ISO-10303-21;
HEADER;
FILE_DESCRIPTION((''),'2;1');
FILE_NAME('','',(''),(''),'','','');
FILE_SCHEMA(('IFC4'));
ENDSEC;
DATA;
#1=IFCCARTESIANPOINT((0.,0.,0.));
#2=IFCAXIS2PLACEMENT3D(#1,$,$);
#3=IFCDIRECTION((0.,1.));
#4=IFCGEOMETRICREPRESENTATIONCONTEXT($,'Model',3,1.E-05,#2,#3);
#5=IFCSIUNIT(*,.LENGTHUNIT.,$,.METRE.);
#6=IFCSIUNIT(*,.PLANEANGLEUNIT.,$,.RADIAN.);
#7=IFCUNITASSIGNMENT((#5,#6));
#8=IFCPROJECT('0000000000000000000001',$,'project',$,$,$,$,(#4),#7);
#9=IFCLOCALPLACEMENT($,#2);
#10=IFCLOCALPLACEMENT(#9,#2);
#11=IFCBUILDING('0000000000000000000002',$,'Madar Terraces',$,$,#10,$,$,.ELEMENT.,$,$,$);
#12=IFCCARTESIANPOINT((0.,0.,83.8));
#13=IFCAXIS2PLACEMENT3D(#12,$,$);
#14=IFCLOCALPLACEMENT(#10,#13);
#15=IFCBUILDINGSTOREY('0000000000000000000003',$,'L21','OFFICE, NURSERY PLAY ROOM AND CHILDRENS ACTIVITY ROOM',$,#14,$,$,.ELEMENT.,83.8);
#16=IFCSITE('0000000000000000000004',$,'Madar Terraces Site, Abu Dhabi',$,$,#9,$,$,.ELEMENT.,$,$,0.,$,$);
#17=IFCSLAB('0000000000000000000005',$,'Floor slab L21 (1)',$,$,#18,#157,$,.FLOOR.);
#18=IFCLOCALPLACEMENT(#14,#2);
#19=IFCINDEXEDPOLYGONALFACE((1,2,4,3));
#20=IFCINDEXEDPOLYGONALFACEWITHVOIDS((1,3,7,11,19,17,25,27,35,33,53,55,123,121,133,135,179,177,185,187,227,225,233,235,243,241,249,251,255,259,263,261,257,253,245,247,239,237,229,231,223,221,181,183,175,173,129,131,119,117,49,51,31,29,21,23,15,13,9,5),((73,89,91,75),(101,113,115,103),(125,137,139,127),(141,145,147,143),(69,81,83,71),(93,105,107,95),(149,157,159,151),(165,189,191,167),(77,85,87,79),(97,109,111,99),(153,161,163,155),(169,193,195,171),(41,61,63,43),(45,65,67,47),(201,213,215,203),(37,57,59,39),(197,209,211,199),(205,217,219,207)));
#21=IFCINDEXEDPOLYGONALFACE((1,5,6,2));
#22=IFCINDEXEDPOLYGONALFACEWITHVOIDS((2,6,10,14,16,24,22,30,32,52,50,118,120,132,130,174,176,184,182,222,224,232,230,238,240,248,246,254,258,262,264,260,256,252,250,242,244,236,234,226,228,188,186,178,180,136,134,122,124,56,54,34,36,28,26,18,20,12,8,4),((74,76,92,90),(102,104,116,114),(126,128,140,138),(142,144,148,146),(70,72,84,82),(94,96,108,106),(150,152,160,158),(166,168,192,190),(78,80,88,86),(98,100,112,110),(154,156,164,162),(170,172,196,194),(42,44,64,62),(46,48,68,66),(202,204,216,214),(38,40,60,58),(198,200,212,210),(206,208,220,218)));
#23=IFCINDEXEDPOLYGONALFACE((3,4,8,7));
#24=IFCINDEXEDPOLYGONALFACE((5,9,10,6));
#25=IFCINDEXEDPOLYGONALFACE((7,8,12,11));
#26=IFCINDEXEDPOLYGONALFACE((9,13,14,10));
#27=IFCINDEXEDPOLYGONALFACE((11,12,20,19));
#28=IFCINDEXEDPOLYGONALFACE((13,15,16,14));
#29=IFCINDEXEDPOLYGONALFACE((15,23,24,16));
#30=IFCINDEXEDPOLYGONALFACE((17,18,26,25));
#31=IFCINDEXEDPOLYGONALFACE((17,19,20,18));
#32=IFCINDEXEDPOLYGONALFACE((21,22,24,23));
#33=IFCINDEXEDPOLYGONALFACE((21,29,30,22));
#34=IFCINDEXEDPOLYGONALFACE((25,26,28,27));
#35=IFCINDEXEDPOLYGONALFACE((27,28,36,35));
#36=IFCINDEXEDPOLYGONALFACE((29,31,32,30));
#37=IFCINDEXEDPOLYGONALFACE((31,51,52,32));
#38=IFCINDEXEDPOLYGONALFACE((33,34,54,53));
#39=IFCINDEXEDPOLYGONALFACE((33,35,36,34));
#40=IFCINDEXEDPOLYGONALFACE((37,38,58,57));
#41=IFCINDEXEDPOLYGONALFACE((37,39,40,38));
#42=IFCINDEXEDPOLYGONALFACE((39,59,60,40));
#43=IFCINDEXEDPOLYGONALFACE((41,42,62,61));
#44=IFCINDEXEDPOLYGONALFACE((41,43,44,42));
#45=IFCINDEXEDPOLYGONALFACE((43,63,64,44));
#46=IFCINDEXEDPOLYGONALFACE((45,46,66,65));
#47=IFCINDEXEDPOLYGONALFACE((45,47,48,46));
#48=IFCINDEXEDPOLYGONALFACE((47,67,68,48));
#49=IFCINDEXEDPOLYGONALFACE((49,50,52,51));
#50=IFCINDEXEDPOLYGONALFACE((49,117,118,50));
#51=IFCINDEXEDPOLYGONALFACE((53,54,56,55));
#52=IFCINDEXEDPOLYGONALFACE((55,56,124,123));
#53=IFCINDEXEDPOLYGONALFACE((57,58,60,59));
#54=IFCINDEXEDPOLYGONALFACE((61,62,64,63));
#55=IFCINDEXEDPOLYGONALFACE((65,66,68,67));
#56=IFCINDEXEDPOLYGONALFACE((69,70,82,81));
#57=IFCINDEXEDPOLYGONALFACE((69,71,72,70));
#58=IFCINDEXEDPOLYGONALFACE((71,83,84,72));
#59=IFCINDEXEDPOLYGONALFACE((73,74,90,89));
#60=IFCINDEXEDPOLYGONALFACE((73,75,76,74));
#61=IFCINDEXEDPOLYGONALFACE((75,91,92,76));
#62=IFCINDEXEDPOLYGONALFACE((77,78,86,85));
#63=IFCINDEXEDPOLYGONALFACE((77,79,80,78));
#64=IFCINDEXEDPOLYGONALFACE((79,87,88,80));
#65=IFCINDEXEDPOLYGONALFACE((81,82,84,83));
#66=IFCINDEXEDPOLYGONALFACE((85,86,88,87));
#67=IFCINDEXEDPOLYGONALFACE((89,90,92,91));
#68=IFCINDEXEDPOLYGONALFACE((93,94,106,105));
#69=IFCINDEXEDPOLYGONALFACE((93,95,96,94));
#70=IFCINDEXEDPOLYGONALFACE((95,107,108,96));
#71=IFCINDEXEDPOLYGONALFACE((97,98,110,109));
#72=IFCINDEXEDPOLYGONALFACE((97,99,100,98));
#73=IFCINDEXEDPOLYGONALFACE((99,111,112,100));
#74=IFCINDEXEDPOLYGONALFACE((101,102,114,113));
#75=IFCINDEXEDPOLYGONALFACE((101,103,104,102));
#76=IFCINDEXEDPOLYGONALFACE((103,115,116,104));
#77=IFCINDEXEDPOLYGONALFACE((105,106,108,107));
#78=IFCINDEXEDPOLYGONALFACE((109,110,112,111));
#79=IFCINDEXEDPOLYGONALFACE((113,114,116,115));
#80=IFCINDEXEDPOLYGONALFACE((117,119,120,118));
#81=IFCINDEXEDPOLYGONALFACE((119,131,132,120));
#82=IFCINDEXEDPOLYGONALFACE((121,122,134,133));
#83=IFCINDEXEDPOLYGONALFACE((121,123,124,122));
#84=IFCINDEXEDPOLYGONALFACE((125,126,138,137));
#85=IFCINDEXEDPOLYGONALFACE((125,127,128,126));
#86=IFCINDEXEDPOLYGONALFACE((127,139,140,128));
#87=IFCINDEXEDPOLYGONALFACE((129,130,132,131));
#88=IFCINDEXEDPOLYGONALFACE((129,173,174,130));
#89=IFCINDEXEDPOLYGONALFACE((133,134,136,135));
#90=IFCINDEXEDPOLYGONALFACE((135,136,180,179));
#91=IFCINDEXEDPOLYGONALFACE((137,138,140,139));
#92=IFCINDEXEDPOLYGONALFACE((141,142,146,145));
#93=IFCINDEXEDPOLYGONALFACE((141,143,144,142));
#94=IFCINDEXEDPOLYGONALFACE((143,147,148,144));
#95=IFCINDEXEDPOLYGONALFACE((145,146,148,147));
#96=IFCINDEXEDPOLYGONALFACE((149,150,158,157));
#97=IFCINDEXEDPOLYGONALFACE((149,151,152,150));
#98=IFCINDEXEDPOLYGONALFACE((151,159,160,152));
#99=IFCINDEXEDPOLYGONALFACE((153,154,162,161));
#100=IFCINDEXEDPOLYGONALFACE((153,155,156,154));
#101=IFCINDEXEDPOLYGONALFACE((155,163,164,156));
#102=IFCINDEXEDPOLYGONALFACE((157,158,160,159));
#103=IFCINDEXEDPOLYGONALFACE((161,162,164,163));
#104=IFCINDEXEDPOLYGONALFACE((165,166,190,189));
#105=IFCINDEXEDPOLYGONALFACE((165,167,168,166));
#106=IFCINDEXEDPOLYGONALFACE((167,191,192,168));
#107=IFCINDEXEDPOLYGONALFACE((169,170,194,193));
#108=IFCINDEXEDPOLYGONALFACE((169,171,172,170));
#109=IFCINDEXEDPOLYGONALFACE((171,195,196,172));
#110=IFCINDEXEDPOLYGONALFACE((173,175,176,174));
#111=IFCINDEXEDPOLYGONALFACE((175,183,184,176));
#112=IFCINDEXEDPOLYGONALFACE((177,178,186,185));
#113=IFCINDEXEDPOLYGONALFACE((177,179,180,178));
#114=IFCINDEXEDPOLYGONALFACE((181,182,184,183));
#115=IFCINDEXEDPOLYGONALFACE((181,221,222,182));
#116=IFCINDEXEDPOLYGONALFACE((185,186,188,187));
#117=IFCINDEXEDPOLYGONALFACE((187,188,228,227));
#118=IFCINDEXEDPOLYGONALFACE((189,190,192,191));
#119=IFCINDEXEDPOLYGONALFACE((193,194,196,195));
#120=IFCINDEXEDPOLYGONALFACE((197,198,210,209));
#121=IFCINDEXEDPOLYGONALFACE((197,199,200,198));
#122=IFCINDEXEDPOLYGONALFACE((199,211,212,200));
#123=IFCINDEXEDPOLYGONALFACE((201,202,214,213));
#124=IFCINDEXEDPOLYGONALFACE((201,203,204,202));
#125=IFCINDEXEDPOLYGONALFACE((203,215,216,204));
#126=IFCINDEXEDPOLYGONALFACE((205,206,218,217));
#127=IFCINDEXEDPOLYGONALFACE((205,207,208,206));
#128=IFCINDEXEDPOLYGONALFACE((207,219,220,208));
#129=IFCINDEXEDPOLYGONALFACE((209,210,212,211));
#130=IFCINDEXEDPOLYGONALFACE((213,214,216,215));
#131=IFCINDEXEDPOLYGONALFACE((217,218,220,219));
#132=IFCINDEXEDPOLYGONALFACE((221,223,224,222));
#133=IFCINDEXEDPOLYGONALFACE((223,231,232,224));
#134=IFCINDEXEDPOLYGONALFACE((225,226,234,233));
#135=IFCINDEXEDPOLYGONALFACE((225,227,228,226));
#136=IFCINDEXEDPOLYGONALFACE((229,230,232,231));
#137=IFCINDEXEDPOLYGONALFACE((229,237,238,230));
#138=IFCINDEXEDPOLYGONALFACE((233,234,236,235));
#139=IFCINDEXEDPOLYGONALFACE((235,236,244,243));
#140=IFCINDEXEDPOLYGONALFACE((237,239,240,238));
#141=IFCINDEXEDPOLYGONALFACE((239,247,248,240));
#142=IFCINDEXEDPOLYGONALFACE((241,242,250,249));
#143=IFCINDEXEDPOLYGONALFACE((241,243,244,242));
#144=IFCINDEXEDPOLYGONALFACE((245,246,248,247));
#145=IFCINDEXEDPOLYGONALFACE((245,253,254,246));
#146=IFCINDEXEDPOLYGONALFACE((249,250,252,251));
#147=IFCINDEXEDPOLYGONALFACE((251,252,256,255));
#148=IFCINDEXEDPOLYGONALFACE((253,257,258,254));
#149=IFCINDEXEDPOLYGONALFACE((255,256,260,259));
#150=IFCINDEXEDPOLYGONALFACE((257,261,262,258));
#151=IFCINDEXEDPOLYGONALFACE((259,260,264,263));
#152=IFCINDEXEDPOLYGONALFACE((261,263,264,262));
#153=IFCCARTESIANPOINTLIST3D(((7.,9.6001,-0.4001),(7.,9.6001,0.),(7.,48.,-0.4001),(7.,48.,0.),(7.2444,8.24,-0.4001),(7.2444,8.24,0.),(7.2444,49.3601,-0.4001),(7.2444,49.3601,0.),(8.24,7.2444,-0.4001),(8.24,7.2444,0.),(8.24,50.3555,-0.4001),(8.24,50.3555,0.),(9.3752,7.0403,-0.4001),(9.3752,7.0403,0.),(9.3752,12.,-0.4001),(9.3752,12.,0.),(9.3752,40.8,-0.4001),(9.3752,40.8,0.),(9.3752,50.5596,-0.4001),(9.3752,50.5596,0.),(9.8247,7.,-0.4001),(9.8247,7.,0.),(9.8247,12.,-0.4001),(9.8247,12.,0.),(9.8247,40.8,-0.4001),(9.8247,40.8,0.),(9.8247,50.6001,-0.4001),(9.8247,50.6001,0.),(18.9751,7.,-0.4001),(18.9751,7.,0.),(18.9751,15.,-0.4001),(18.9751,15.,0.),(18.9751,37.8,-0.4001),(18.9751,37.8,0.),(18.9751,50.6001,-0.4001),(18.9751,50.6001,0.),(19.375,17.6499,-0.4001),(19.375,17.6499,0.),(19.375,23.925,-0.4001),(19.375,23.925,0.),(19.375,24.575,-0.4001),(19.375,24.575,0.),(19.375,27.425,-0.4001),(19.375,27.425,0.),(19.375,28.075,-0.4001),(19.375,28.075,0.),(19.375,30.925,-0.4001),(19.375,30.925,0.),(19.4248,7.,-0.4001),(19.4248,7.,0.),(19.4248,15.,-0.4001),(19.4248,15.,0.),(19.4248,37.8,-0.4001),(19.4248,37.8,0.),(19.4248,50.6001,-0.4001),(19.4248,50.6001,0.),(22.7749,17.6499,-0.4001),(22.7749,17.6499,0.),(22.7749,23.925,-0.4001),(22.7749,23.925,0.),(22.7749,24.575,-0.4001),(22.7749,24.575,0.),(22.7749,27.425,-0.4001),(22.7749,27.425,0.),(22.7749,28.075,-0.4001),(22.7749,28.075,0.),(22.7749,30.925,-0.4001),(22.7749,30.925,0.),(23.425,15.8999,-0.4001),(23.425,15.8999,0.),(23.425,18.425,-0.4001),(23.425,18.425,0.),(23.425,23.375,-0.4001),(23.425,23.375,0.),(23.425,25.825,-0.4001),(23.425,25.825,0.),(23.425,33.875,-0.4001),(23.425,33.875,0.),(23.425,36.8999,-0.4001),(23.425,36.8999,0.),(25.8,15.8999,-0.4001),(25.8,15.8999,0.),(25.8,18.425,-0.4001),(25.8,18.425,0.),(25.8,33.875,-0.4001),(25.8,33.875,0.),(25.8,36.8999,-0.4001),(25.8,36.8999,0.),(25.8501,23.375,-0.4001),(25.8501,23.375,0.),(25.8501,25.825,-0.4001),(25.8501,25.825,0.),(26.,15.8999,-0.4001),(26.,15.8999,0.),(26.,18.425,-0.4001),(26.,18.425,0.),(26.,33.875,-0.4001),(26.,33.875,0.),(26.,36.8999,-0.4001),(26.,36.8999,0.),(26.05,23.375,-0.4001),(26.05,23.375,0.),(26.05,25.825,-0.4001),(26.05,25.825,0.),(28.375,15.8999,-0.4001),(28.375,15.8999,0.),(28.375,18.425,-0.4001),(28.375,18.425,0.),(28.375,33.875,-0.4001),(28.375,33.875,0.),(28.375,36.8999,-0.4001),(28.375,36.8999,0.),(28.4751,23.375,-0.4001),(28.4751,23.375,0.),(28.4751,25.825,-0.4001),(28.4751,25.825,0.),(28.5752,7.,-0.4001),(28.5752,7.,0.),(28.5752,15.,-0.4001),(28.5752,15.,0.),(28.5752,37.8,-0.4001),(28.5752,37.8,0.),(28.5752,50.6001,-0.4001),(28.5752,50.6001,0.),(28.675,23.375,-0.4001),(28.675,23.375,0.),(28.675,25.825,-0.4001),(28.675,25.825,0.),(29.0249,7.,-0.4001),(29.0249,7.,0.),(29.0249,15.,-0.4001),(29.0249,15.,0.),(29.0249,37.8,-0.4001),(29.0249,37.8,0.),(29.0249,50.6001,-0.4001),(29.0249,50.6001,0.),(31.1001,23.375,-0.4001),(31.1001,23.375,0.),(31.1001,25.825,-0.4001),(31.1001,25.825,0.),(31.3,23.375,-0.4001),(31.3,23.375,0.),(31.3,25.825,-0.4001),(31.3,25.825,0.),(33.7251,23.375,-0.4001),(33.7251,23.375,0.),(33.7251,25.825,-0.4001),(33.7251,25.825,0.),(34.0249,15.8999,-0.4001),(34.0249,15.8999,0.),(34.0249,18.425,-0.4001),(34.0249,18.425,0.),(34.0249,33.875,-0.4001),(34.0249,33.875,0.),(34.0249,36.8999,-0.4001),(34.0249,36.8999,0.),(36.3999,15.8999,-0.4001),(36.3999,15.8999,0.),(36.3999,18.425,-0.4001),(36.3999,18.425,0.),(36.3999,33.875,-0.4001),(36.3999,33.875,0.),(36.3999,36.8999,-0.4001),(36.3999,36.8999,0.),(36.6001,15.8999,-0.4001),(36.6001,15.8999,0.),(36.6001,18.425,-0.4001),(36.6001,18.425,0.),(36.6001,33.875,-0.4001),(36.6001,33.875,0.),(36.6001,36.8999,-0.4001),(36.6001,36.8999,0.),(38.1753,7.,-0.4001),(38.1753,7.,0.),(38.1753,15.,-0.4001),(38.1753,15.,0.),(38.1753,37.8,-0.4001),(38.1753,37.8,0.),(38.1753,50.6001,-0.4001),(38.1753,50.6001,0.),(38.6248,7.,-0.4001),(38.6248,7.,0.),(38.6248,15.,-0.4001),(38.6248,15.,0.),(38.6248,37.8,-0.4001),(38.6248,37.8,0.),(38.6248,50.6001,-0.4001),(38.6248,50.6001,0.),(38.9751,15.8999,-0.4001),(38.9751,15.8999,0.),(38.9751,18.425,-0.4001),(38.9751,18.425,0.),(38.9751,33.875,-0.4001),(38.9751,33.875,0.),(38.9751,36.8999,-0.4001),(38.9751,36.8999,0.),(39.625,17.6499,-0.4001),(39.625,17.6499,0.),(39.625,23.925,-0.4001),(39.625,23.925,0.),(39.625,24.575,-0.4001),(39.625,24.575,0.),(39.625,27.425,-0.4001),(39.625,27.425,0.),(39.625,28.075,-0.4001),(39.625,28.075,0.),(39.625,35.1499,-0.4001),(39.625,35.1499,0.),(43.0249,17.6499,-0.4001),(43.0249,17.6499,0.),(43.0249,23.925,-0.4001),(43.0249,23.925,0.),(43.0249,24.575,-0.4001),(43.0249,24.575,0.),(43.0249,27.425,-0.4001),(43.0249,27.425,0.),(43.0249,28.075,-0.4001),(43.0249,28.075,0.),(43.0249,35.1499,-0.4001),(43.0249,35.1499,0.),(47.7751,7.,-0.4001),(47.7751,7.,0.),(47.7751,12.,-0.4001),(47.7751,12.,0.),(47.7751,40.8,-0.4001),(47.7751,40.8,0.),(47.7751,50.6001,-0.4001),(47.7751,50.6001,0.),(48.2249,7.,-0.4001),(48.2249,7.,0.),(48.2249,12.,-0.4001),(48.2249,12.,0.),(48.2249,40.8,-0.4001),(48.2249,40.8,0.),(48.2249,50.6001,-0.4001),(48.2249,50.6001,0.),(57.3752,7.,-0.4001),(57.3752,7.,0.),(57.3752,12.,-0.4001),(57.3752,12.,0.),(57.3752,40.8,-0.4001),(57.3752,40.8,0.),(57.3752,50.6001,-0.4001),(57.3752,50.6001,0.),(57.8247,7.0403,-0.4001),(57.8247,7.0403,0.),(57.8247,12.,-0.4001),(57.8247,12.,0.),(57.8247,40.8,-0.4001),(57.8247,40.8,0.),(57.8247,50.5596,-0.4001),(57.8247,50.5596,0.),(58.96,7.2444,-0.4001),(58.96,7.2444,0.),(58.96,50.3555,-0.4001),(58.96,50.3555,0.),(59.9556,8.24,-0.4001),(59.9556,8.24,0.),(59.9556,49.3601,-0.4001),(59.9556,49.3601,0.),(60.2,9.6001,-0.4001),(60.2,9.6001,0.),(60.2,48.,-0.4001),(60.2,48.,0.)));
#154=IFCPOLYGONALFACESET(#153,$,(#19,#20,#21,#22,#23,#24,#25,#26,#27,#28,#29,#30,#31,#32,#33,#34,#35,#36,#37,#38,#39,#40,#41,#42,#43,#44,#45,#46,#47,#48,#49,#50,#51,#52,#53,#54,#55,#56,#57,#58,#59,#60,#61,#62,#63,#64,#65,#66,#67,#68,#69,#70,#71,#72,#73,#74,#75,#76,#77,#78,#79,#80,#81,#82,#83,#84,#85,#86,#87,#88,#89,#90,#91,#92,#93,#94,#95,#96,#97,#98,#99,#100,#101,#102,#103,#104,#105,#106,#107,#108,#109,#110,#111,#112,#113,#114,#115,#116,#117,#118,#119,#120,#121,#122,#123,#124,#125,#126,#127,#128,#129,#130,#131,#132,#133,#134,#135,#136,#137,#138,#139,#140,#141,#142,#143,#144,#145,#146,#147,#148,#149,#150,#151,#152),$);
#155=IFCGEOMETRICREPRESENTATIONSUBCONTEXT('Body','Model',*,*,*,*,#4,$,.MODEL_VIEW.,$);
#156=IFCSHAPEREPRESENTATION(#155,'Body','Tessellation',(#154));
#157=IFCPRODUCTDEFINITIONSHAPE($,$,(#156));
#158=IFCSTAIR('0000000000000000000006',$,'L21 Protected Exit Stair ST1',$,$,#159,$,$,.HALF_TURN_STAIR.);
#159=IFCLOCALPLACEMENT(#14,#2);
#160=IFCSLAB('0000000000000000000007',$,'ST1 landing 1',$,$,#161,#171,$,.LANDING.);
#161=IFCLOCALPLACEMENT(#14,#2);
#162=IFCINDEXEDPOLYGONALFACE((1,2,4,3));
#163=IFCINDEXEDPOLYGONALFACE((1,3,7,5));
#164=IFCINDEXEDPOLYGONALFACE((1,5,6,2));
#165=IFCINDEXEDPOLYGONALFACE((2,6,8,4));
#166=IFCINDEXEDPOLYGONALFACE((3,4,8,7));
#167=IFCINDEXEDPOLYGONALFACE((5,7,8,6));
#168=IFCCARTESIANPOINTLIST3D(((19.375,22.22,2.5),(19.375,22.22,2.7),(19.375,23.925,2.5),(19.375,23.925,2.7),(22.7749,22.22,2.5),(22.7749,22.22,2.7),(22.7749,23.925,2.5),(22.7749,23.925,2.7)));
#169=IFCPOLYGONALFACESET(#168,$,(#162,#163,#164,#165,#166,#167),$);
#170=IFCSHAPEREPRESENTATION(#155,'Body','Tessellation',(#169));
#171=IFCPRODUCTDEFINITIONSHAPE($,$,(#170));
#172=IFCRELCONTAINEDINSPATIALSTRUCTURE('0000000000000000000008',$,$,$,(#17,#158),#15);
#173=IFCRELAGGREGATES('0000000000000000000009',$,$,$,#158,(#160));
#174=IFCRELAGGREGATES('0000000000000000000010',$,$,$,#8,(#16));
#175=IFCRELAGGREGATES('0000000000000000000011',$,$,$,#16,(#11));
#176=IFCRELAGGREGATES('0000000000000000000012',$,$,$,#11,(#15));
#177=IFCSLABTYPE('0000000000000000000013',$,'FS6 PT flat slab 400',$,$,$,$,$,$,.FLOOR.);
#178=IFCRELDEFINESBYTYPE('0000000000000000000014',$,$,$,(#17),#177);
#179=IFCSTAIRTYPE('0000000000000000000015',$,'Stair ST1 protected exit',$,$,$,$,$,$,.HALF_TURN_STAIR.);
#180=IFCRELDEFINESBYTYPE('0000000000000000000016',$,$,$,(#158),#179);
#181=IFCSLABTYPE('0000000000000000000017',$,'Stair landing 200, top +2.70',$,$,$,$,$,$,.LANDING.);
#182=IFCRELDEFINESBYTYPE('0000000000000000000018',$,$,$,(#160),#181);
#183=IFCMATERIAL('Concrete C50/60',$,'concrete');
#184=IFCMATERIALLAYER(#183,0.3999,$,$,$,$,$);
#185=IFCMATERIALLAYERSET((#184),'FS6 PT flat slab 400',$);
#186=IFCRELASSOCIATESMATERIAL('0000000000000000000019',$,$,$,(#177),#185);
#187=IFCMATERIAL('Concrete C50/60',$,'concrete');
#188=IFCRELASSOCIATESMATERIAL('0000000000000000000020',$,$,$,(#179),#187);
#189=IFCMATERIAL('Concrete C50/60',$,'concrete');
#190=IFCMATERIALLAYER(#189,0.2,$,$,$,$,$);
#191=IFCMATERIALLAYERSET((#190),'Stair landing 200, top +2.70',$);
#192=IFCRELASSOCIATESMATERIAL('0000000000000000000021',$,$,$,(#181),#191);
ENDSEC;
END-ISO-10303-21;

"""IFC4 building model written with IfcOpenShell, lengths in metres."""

from ifc_helpers import new_model, si_unit, direction, frame, origin, place, context, subcontext, project, spatial, polyline, outline, extrude, material, layer, layer_set, type_object, element, aggregate, save


model = new_model("IFC4")

# Units and contexts
model_context = context("Model", 3, precision=1e-05, world=origin(), true_north=direction((0.0, 1.0)))
body_context = subcontext(model_context, "Body", "Model", "MODEL_VIEW")
ifc_project = project(units=[si_unit("LENGTHUNIT", "METRE"), si_unit("PLANEANGLEUNIT", "RADIAN")], contexts=[model_context])

# Site, building, storey
site_placement = place(None, origin())
site = spatial("IfcSite", under=ifc_project, at=site_placement, Name="Madar Terraces Site, Abu Dhabi", CompositionType="ELEMENT", RefElevation=0.0)
building_placement = place(site_placement, origin())
building = spatial("IfcBuilding", under=site, at=building_placement, Name="Madar Terraces", CompositionType="ELEMENT")
storey_placement = place(building_placement, frame((0.0, 0.0, 83.8)))
storey = spatial("IfcBuildingStorey", under=building, at=storey_placement, Name="L21", Description="OFFICE, NURSERY PLAY ROOM AND CHILDRENS ACTIVITY ROOM", CompositionType="ELEMENT", Elevation=83.8)

# Slab
ifc_material_1 = material(Name="Concrete C50/60", Category="concrete")
ifc_layer_1 = layer(ifc_material_1, 0.3999)
ifc_layer_set_1 = layer_set([ifc_layer_1], Name="FS6 PT flat slab 400")
slab_type_1 = type_object("IfcSlabType", Name="FS6 PT flat slab 400", PredefinedType="FLOOR", material=ifc_layer_set_1)
slab_1_placement = place(storey_placement, frame((0.0, 0.0, -0.4001)))
element("IfcSlab", 1, at=slab_1_placement, inside=storey, type_object=slab_type_1, Name="Floor slab L21 (1)", PredefinedType="FLOOR", context=body_context, shape_type="SweptSolid", body=[
    extrude(outline(polyline([(48.2249, 12.0), (48.2249, 7.0), (57.3752, 7.0), (57.3752, 12.0), (57.8247, 12.0), (57.8247, 7.0403), (58.96, 7.2444), (59.9556, 8.24), (60.2, 9.6001), (60.2, 48.0), (59.9556, 49.3601), (58.96, 50.3555), (57.8247, 50.5596), (57.8247, 40.8), (57.3752, 40.8), (57.3752, 50.6001), (48.2249, 50.6001), (48.2249, 40.8), (47.7751, 40.8), (47.7751, 50.6001), (38.6248, 50.6001), (38.6248, 37.8), (38.1753, 37.8), (38.1753, 50.6001), (29.0249, 50.6001), (29.0249, 37.8), (28.5752, 37.8), (28.5752, 50.6001), (19.4248, 50.6001), (19.4248, 37.8), (18.9751, 37.8), (18.9751, 50.6001), (9.8247, 50.6001), (9.8247, 40.8), (9.3752, 40.8), (9.3752, 50.5596), (8.24, 50.3555), (7.2444, 49.3601), (7.0, 48.0), (7.0, 9.6001), (7.2444, 8.24), (8.24, 7.2444), (9.3752, 7.0403), (9.3752, 12.0), (9.8247, 12.0), (9.8247, 7.0), (18.9751, 7.0), (18.9751, 15.0), (19.4248, 15.0), (19.4248, 7.0), (28.5752, 7.0), (28.5752, 15.0), (29.0249, 15.0), (29.0249, 7.0), (38.1753, 7.0), (38.1753, 15.0), (38.6248, 15.0), (38.6248, 7.0), (47.7751, 7.0), (47.7751, 12.0), (48.2249, 12.0)]), holes=[polyline([(25.8, 15.8999), (23.425, 15.8999), (23.425, 18.425), (25.8, 18.425), (25.8, 15.8999)]), polyline([(28.375, 15.8999), (26.0, 15.8999), (26.0, 18.425), (28.375, 18.425), (28.375, 15.8999)]), polyline([(22.7749, 17.6499), (19.375, 17.6499), (19.375, 23.925), (22.7749, 23.925), (22.7749, 17.6499)]), polyline([(25.8501, 23.375), (23.425, 23.375), (23.425, 25.825), (25.8501, 25.825), (25.8501, 23.375)]), polyline([(28.4751, 23.375), (26.05, 23.375), (26.05, 25.825), (28.4751, 25.825), (28.4751, 23.375)]), polyline([(22.7749, 24.575), (19.375, 24.575), (19.375, 27.425), (22.7749, 27.425), (22.7749, 24.575)]), polyline([(22.7749, 28.075), (19.375, 28.075), (19.375, 30.925), (22.7749, 30.925), (22.7749, 28.075)]), polyline([(23.425, 33.875), (23.425, 36.8999), (25.8, 36.8999), (25.8, 33.875), (23.425, 33.875)]), polyline([(26.0, 33.875), (26.0, 36.8999), (28.375, 36.8999), (28.375, 33.875), (26.0, 33.875)]), polyline([(36.3999, 15.8999), (34.0249, 15.8999), (34.0249, 18.425), (36.3999, 18.425), (36.3999, 15.8999)]), polyline([(38.9751, 15.8999), (36.6001, 15.8999), (36.6001, 18.425), (38.9751, 18.425), (38.9751, 15.8999)]), polyline([(43.0249, 17.6499), (39.625, 17.6499), (39.625, 23.925), (43.0249, 23.925), (43.0249, 17.6499)]), polyline([(31.1001, 23.375), (28.675, 23.375), (28.675, 25.825), (31.1001, 25.825), (31.1001, 23.375)]), polyline([(33.7251, 23.375), (31.3, 23.375), (31.3, 25.825), (33.7251, 25.825), (33.7251, 23.375)]), polyline([(43.0249, 24.575), (39.625, 24.575), (39.625, 27.425), (43.0249, 27.425), (43.0249, 24.575)]), polyline([(43.0249, 28.075), (39.625, 28.075), (39.625, 35.1499), (43.0249, 35.1499), (43.0249, 28.075)]), polyline([(34.0249, 33.875), (34.0249, 36.8999), (36.3999, 36.8999), (36.3999, 33.875), (34.0249, 33.875)]), polyline([(36.6001, 33.875), (36.6001, 36.8999), (38.9751, 36.8999), (38.9751, 33.875), (36.6001, 33.875)])]), origin(), (0.0, 0.0, 1.0), 0.4001),
])

# Stair, slab
ifc_material_2 = material(Name="Concrete C50/60", Category="concrete")
stair_type_1 = type_object("IfcStairType", Name="Stair ST1 protected exit", PredefinedType="HALF_TURN_STAIR", material=ifc_material_2)
stair_1_placement = place(storey_placement, origin())
stair_1 = element("IfcStair", 2, at=stair_1_placement, inside=storey, type_object=stair_type_1, Name="L21 Protected Exit Stair ST1", PredefinedType="HALF_TURN_STAIR")
ifc_material_3 = material(Name="Concrete C50/60", Category="concrete")
ifc_layer_2 = layer(ifc_material_3, 0.2)
ifc_layer_set_2 = layer_set([ifc_layer_2], Name="Stair landing 200, top +2.70")
slab_type_2 = type_object("IfcSlabType", Name="Stair landing 200, top +2.70", PredefinedType="LANDING", material=ifc_layer_set_2)
slab_2_placement = place(storey_placement, frame((0.0, 0.0, 2.5)))
slab_2 = element("IfcSlab", 3, at=slab_2_placement, type_object=slab_type_2, Name="ST1 landing 1", PredefinedType="LANDING", context=body_context, shape_type="SweptSolid", body=[
    extrude(outline(polyline([(19.375, 22.22), (22.7749, 22.22), (22.7749, 23.925), (19.375, 23.925), (19.375, 22.22)])), origin(), (0.0, 0.0, 1.0), 0.2),
])
aggregate(stair_1, [slab_2])

save(model, "model.ifc")
